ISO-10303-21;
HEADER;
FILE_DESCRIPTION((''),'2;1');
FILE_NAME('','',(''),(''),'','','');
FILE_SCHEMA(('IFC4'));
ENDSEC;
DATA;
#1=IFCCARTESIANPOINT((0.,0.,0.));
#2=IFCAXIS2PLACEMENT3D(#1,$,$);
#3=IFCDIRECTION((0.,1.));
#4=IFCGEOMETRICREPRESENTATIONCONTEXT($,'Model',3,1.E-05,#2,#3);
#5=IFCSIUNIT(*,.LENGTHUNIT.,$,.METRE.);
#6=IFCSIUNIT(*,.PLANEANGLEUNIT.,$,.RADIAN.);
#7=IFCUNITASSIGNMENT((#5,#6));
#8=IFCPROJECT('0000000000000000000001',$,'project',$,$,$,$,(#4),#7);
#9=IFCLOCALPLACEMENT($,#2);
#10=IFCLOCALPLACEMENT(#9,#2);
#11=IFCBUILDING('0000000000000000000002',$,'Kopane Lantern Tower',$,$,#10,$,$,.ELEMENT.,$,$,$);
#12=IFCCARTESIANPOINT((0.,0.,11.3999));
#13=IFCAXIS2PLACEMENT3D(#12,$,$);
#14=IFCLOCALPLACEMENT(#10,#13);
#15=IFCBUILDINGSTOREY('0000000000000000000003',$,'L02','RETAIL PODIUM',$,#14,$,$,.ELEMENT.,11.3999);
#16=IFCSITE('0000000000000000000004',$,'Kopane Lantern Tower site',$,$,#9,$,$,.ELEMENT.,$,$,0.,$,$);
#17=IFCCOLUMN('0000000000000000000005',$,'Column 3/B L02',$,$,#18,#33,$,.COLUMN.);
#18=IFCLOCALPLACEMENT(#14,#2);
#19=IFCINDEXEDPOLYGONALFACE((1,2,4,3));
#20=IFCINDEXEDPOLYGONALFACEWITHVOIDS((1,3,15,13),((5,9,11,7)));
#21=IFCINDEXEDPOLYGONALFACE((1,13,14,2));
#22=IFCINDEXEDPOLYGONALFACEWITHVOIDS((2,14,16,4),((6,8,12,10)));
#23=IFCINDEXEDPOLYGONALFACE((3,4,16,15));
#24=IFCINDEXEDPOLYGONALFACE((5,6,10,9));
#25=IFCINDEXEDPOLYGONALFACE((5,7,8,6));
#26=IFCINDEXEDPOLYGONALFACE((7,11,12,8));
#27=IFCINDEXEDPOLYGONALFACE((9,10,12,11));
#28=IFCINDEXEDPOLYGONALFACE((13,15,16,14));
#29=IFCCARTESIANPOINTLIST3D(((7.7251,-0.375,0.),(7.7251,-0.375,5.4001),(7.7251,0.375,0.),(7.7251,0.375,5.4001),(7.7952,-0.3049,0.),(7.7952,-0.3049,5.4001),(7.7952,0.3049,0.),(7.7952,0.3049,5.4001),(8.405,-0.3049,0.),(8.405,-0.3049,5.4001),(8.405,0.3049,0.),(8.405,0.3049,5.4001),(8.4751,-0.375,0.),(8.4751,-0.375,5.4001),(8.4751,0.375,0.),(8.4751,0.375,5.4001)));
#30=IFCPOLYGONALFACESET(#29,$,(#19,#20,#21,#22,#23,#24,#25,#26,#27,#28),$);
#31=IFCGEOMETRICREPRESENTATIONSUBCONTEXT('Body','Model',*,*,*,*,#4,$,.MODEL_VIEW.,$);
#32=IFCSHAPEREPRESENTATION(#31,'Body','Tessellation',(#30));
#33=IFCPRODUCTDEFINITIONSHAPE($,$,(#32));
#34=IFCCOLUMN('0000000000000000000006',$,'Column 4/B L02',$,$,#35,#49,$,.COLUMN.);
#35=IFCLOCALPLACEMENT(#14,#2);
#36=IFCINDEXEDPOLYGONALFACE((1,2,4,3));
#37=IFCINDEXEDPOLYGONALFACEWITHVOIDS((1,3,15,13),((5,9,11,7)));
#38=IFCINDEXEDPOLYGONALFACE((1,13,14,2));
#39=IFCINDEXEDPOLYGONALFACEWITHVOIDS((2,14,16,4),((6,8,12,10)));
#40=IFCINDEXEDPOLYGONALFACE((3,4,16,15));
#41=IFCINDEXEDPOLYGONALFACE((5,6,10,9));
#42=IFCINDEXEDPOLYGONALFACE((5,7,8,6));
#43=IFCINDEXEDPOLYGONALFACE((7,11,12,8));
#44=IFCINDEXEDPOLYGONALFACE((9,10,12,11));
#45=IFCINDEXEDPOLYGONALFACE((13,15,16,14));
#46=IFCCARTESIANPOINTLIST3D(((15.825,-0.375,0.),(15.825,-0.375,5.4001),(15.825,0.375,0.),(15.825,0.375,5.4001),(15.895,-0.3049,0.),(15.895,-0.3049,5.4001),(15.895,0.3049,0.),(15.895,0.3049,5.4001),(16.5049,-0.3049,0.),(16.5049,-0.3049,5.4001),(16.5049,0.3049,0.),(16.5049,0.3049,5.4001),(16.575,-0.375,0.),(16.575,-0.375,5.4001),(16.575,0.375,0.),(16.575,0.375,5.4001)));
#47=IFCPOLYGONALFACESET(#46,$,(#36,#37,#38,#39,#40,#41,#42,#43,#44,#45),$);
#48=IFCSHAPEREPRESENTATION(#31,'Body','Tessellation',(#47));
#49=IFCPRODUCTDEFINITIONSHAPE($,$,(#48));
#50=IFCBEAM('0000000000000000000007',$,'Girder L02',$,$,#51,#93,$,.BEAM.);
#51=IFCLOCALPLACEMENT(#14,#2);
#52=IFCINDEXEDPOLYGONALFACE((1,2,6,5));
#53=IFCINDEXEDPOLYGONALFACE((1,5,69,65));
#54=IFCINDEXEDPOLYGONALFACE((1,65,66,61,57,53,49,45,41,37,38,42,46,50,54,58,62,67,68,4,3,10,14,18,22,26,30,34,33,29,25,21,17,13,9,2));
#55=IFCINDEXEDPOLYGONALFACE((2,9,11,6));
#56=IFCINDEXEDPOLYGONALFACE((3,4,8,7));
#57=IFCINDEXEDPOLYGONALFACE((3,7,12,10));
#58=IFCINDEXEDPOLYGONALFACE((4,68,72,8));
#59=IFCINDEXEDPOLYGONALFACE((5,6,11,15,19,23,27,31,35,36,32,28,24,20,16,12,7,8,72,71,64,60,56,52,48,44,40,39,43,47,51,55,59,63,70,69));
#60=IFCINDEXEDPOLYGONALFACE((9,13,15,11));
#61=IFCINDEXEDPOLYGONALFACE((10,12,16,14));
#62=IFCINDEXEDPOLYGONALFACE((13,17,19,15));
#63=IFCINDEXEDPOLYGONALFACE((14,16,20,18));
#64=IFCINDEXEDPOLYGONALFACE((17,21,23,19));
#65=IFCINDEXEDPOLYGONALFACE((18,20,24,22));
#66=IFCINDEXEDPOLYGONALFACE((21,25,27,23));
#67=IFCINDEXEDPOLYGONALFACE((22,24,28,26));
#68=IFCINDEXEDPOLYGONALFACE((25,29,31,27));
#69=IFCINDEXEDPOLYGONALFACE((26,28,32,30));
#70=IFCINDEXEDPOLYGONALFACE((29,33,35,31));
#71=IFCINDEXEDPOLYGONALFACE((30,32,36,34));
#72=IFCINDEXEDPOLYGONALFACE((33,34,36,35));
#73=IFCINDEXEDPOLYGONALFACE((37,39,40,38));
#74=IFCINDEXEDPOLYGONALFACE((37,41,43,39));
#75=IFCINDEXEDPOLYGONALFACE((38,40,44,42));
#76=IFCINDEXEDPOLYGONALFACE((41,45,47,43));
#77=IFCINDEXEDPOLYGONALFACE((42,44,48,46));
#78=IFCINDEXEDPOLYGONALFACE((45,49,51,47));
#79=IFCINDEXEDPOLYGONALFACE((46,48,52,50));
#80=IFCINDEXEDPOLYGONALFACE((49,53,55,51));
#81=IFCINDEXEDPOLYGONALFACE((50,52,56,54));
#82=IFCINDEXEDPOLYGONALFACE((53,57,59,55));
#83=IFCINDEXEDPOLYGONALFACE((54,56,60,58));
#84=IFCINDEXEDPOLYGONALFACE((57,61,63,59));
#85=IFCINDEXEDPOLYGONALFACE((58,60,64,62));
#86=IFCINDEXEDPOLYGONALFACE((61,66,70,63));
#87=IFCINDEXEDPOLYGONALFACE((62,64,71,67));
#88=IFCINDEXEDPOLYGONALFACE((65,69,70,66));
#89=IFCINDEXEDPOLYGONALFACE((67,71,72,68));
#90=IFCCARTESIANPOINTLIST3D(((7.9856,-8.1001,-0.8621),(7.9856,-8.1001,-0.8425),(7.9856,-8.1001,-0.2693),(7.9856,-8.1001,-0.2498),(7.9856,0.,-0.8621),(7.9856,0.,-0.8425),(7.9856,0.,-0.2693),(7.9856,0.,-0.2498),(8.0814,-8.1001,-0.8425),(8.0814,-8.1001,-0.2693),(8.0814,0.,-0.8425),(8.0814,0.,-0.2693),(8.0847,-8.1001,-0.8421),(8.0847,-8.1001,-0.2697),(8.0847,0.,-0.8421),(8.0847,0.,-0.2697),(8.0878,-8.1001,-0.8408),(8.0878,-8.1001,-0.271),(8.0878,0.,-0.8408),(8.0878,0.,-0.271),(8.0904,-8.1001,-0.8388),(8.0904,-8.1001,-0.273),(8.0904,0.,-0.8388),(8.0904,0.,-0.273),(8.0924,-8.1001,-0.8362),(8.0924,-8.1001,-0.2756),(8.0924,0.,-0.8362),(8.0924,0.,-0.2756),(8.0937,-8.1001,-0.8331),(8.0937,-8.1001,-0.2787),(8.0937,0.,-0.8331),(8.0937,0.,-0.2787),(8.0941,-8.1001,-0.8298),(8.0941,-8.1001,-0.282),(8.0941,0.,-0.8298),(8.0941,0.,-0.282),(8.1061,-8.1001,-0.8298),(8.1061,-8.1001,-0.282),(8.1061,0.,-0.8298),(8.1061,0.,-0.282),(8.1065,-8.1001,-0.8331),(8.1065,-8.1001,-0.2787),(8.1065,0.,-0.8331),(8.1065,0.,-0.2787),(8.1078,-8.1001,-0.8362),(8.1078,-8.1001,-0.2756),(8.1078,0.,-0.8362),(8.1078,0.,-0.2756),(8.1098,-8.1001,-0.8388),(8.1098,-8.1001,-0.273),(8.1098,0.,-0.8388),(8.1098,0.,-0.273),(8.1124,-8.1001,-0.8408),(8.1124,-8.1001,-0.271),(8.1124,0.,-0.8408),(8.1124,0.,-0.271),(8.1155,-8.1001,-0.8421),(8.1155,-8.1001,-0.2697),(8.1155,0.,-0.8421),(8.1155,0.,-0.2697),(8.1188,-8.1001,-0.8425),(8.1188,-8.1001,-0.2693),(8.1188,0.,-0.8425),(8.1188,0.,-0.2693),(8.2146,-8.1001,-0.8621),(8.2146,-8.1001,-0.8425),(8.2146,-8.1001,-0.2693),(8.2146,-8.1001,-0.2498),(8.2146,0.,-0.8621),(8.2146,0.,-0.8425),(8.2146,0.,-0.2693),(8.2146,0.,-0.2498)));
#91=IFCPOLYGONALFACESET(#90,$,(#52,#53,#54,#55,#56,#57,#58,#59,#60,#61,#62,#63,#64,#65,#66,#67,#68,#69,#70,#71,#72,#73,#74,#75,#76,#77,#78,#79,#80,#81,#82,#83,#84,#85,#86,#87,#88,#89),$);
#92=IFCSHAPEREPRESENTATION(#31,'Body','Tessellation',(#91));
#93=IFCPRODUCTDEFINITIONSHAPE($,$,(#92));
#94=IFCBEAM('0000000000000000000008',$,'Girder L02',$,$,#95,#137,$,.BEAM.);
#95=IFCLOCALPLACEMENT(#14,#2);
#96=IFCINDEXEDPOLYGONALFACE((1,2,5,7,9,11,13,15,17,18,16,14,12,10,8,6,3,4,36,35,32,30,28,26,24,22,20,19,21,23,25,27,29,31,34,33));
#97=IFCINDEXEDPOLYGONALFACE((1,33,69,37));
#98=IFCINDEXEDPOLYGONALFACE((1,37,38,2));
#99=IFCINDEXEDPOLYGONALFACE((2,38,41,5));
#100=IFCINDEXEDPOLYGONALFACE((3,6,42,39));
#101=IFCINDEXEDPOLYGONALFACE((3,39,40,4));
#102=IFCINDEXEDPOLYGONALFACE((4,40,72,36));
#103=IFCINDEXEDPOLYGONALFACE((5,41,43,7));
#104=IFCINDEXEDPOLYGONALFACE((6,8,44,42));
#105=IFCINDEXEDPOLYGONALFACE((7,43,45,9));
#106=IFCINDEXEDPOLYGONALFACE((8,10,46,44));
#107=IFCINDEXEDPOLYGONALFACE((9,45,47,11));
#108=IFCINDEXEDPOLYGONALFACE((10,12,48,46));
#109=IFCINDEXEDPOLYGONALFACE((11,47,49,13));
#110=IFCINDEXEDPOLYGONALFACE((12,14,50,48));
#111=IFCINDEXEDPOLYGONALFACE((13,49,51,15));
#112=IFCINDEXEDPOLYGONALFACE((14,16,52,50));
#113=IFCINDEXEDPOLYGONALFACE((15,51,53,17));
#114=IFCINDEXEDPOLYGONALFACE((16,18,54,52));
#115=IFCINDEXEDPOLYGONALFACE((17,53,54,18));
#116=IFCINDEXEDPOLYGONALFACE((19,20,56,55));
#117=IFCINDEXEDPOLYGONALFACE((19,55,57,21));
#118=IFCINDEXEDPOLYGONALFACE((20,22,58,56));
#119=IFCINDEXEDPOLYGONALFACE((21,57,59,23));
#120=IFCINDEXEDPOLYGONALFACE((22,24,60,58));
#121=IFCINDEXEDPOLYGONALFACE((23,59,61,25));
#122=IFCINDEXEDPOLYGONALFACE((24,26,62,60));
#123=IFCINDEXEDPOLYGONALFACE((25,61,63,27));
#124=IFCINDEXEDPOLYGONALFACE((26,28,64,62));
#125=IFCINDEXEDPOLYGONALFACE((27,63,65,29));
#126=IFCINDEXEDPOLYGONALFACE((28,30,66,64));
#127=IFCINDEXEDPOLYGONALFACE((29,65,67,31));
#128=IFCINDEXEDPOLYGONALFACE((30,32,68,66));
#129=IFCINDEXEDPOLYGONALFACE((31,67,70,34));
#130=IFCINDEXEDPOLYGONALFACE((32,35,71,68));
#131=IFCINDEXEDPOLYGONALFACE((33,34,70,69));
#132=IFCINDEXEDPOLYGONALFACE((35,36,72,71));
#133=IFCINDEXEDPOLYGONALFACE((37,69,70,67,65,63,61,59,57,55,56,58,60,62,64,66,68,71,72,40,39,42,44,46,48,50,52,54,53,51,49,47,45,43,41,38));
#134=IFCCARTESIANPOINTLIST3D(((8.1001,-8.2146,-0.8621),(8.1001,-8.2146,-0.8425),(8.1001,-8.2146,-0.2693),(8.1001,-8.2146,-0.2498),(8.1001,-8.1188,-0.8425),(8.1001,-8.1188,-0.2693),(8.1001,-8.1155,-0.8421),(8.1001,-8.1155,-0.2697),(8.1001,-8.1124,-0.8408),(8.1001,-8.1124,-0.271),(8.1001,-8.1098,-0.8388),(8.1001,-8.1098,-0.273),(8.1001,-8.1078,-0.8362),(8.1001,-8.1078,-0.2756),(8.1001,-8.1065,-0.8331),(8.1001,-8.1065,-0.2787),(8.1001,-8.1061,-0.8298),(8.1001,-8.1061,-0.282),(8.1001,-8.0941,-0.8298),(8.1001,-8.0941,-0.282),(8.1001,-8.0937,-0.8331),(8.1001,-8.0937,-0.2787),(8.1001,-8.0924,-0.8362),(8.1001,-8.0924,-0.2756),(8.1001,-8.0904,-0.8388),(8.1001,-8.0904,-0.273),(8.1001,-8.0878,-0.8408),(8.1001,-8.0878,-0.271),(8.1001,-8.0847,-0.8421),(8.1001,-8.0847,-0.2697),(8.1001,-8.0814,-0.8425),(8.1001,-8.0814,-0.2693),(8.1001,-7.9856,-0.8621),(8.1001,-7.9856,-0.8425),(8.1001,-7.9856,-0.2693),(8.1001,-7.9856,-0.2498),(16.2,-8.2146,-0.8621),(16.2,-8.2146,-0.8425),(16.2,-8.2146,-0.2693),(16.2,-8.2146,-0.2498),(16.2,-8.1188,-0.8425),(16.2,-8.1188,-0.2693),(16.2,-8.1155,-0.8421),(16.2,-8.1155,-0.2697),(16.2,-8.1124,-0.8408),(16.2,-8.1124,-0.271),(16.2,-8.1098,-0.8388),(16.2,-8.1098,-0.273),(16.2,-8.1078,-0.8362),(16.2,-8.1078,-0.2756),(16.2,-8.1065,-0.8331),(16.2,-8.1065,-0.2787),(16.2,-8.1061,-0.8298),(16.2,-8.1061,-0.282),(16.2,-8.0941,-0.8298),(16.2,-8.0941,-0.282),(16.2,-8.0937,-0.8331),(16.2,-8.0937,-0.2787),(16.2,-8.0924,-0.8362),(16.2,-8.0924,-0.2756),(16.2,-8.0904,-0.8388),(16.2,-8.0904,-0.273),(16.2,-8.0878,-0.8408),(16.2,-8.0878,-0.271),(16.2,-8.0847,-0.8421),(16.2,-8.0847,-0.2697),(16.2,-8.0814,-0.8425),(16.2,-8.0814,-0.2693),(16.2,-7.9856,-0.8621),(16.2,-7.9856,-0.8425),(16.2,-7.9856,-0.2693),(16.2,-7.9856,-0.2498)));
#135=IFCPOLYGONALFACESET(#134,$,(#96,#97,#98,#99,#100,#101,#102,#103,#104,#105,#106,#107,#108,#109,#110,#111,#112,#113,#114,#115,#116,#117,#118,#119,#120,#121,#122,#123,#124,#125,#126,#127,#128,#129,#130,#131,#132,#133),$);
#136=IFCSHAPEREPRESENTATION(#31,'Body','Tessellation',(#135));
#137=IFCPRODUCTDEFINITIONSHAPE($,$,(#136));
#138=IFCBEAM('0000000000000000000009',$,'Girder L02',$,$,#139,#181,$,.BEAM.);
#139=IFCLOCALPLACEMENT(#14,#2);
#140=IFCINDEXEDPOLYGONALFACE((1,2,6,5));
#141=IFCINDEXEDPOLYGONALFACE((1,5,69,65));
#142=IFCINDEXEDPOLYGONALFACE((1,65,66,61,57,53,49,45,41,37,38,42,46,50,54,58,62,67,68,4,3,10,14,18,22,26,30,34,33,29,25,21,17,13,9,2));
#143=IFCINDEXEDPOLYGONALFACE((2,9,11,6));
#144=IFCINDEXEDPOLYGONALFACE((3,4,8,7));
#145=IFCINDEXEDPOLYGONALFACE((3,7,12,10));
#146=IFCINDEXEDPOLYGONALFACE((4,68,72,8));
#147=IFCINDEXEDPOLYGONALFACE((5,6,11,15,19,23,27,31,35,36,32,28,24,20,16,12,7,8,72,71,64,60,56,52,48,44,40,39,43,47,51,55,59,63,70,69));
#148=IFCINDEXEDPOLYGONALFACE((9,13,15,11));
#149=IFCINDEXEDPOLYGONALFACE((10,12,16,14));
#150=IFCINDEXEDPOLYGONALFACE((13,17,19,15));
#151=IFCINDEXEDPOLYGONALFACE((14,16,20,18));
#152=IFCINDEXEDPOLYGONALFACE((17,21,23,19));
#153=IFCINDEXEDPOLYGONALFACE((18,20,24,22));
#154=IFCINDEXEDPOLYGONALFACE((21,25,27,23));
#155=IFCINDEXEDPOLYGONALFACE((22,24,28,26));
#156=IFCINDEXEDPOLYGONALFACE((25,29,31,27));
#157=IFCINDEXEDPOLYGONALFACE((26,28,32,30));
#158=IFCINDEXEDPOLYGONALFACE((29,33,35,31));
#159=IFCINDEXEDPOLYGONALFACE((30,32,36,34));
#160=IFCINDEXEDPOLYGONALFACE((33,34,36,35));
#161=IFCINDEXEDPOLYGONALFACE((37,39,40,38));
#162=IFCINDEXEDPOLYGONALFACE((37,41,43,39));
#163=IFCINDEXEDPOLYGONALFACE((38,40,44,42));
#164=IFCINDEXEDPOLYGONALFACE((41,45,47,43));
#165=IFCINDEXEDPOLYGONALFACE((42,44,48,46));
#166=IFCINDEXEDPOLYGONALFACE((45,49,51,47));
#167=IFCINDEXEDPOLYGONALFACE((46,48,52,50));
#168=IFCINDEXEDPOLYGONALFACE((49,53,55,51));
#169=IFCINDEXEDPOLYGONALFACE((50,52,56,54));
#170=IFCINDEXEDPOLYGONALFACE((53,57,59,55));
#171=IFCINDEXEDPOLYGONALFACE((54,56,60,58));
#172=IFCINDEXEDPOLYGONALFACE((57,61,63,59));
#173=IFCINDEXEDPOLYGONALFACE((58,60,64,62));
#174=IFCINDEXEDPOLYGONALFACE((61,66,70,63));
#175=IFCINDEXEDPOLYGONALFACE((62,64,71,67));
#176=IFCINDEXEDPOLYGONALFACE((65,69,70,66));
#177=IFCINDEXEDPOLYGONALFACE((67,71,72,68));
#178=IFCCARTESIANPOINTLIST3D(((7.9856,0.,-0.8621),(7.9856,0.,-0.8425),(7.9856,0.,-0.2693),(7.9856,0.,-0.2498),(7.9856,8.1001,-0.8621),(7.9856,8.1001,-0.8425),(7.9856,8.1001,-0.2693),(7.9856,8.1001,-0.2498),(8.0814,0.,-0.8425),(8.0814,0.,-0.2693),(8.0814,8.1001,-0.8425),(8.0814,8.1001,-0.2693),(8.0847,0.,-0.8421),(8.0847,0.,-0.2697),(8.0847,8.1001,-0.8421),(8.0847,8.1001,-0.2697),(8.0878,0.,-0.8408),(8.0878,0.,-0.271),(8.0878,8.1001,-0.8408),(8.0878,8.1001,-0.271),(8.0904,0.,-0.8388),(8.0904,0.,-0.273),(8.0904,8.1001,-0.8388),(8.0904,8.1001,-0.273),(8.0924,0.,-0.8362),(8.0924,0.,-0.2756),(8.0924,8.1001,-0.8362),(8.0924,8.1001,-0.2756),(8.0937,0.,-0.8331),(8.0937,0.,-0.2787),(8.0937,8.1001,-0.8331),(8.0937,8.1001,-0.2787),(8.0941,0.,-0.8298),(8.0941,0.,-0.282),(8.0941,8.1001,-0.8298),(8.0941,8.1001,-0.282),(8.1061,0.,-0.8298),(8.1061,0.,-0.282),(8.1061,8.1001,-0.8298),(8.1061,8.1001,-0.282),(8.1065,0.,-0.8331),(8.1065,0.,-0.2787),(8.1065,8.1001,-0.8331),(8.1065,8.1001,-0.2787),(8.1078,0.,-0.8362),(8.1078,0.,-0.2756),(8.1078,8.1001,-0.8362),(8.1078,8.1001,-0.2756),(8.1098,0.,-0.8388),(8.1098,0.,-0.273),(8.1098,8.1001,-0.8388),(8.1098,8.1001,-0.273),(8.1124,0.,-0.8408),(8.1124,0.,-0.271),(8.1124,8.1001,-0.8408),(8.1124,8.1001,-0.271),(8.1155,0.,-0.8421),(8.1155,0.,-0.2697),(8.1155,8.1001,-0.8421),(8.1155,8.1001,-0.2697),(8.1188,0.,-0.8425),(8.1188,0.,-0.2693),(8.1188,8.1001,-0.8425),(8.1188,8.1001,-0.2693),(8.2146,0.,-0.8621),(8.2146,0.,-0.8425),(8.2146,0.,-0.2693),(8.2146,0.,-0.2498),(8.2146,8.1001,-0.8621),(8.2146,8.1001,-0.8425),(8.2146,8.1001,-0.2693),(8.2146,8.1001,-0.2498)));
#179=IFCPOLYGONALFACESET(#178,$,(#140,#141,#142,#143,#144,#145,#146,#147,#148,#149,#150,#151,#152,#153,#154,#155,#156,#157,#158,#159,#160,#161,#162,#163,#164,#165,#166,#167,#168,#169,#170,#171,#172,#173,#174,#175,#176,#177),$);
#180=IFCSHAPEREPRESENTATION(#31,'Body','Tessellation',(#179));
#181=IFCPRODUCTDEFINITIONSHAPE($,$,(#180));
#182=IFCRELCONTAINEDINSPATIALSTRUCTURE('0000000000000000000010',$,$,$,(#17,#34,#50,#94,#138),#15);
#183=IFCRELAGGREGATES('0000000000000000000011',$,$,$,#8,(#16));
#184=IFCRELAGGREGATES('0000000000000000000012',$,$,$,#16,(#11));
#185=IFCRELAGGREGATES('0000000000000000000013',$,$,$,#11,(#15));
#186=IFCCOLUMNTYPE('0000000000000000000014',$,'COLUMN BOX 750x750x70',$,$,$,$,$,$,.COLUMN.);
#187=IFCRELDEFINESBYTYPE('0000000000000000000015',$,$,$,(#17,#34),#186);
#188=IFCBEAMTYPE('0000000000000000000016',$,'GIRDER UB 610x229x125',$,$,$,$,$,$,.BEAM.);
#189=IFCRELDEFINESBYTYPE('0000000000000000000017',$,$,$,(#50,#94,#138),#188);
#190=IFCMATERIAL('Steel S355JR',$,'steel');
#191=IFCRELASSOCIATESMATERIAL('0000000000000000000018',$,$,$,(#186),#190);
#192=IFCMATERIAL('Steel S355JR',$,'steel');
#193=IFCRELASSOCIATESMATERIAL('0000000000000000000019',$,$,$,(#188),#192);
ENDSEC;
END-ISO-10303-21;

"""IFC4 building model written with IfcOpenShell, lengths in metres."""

from ifc_helpers import new_model, si_unit, direction, frame, origin, origin_2d, place, context, subcontext, project, spatial, hollow_rectangle, i_section, extrude, material, material_profile, profile_set, type_object, element, save


model = new_model("IFC4")

# Units and contexts
model_context = context("Model", 3, precision=1e-05, world=origin(), true_north=direction((0.0, 1.0)))
body_context = subcontext(model_context, "Body", "Model", "MODEL_VIEW")
ifc_project = project(units=[si_unit("LENGTHUNIT", "METRE"), si_unit("PLANEANGLEUNIT", "RADIAN")], contexts=[model_context])

# Site, building, storey
site_placement = place(None, origin())
site = spatial("IfcSite", under=ifc_project, at=site_placement, Name="Kopane Lantern Tower site", CompositionType="ELEMENT", RefElevation=0.0)
building_placement = place(site_placement, origin())
building = spatial("IfcBuilding", under=site, at=building_placement, Name="Kopane Lantern Tower", CompositionType="ELEMENT")
storey_placement = place(building_placement, frame((0.0, 0.0, 11.3999)))
storey = spatial("IfcBuildingStorey", under=building, at=storey_placement, Name="L02", Description="RETAIL PODIUM", CompositionType="ELEMENT", Elevation=11.3999)

# Columns
ifc_material_1 = material(Name="Steel S355JR", Category="steel")
ifc_material_profile_1 = material_profile(ifc_material_1, hollow_rectangle(XDim=0.75, YDim=0.75, WallThickness=0.0701, at=origin_2d()), Name="BOX 750x750x70")
ifc_profile_set_1 = profile_set([ifc_material_profile_1], Name="Steel S355JR")
column_type = type_object("IfcColumnType", Name="COLUMN BOX 750x750x70", PredefinedType="COLUMN", material=ifc_profile_set_1)
for number, where, z_axis, x_axis, name in (
    (1, (8.1001, 0.0, 0.0), (0.0, 0.0, 1.0), (1.0, 0.0, 0.0), "Column 3/B L02"),
    (2, (16.2, 0.0, 0.0), (0.0, 0.0, 1.0), (1.0, 0.0, 0.0), "Column 4/B L02"),
):
    element("IfcColumn", number, at=place(storey_placement, frame(where, z_axis=z_axis, x_axis=x_axis)), inside=storey, type_object=column_type, Name=name, PredefinedType="COLUMN", context=body_context, shape_type="SweptSolid", body=[
        extrude(hollow_rectangle(XDim=0.75, YDim=0.75, WallThickness=0.0701, at=origin_2d()), origin(), (0.0, 0.0, 1.0), 5.4001),
    ])

# Beams
ifc_material_2 = material(Name="Steel S355JR", Category="steel")
ifc_material_profile_2 = material_profile(ifc_material_2, i_section(OverallWidth=0.229, OverallDepth=0.6123, WebThickness=0.012, FlangeThickness=0.0195, FilletRadius=0.0127, at=origin_2d()), Name="UB 610x229x125")
ifc_profile_set_2 = profile_set([ifc_material_profile_2], Name="Steel S355JR")
beam_type = type_object("IfcBeamType", Name="GIRDER UB 610x229x125", PredefinedType="BEAM", material=ifc_profile_set_2)
beam_1_placement = place(storey_placement, frame((8.1001, -8.1001, -0.5559), z_axis=(0.0, 1.0, 0.0), x_axis=(-1.0, 0.0, 0.0)))
element("IfcBeam", 3, at=beam_1_placement, inside=storey, type_object=beam_type, Name="Girder L02", PredefinedType="BEAM", context=body_context, shape_type="SweptSolid", body=[
    extrude(i_section(OverallWidth=0.229, OverallDepth=0.6123, WebThickness=0.012, FlangeThickness=0.0195, FilletRadius=0.0127, at=origin_2d()), origin(), (0.0, 0.0, 1.0), 8.1001),
])
beam_2_placement = place(storey_placement, frame((8.1001, -8.1001, -0.5559), z_axis=(1.0, 0.0, 0.0), x_axis=(0.0, 1.0, 0.0)))
element("IfcBeam", 4, at=beam_2_placement, inside=storey, type_object=beam_type, Name="Girder L02", PredefinedType="BEAM", context=body_context, shape_type="SweptSolid", body=[
    extrude(i_section(OverallWidth=0.229, OverallDepth=0.6123, WebThickness=0.012, FlangeThickness=0.0195, FilletRadius=0.0127, at=origin_2d()), origin(), (0.0, 0.0, 1.0), 8.0999),
])
beam_3_placement = place(storey_placement, frame((8.1001, 0.0, -0.5559), z_axis=(0.0, 1.0, 0.0), x_axis=(-1.0, 0.0, 0.0)))
element("IfcBeam", 5, at=beam_3_placement, inside=storey, type_object=beam_type, Name="Girder L02", PredefinedType="BEAM", context=body_context, shape_type="SweptSolid", body=[
    extrude(i_section(OverallWidth=0.229, OverallDepth=0.6123, WebThickness=0.012, FlangeThickness=0.0195, FilletRadius=0.0127, at=origin_2d()), origin(), (0.0, 0.0, 1.0), 8.1001),
])

save(model, "model.ifc")
